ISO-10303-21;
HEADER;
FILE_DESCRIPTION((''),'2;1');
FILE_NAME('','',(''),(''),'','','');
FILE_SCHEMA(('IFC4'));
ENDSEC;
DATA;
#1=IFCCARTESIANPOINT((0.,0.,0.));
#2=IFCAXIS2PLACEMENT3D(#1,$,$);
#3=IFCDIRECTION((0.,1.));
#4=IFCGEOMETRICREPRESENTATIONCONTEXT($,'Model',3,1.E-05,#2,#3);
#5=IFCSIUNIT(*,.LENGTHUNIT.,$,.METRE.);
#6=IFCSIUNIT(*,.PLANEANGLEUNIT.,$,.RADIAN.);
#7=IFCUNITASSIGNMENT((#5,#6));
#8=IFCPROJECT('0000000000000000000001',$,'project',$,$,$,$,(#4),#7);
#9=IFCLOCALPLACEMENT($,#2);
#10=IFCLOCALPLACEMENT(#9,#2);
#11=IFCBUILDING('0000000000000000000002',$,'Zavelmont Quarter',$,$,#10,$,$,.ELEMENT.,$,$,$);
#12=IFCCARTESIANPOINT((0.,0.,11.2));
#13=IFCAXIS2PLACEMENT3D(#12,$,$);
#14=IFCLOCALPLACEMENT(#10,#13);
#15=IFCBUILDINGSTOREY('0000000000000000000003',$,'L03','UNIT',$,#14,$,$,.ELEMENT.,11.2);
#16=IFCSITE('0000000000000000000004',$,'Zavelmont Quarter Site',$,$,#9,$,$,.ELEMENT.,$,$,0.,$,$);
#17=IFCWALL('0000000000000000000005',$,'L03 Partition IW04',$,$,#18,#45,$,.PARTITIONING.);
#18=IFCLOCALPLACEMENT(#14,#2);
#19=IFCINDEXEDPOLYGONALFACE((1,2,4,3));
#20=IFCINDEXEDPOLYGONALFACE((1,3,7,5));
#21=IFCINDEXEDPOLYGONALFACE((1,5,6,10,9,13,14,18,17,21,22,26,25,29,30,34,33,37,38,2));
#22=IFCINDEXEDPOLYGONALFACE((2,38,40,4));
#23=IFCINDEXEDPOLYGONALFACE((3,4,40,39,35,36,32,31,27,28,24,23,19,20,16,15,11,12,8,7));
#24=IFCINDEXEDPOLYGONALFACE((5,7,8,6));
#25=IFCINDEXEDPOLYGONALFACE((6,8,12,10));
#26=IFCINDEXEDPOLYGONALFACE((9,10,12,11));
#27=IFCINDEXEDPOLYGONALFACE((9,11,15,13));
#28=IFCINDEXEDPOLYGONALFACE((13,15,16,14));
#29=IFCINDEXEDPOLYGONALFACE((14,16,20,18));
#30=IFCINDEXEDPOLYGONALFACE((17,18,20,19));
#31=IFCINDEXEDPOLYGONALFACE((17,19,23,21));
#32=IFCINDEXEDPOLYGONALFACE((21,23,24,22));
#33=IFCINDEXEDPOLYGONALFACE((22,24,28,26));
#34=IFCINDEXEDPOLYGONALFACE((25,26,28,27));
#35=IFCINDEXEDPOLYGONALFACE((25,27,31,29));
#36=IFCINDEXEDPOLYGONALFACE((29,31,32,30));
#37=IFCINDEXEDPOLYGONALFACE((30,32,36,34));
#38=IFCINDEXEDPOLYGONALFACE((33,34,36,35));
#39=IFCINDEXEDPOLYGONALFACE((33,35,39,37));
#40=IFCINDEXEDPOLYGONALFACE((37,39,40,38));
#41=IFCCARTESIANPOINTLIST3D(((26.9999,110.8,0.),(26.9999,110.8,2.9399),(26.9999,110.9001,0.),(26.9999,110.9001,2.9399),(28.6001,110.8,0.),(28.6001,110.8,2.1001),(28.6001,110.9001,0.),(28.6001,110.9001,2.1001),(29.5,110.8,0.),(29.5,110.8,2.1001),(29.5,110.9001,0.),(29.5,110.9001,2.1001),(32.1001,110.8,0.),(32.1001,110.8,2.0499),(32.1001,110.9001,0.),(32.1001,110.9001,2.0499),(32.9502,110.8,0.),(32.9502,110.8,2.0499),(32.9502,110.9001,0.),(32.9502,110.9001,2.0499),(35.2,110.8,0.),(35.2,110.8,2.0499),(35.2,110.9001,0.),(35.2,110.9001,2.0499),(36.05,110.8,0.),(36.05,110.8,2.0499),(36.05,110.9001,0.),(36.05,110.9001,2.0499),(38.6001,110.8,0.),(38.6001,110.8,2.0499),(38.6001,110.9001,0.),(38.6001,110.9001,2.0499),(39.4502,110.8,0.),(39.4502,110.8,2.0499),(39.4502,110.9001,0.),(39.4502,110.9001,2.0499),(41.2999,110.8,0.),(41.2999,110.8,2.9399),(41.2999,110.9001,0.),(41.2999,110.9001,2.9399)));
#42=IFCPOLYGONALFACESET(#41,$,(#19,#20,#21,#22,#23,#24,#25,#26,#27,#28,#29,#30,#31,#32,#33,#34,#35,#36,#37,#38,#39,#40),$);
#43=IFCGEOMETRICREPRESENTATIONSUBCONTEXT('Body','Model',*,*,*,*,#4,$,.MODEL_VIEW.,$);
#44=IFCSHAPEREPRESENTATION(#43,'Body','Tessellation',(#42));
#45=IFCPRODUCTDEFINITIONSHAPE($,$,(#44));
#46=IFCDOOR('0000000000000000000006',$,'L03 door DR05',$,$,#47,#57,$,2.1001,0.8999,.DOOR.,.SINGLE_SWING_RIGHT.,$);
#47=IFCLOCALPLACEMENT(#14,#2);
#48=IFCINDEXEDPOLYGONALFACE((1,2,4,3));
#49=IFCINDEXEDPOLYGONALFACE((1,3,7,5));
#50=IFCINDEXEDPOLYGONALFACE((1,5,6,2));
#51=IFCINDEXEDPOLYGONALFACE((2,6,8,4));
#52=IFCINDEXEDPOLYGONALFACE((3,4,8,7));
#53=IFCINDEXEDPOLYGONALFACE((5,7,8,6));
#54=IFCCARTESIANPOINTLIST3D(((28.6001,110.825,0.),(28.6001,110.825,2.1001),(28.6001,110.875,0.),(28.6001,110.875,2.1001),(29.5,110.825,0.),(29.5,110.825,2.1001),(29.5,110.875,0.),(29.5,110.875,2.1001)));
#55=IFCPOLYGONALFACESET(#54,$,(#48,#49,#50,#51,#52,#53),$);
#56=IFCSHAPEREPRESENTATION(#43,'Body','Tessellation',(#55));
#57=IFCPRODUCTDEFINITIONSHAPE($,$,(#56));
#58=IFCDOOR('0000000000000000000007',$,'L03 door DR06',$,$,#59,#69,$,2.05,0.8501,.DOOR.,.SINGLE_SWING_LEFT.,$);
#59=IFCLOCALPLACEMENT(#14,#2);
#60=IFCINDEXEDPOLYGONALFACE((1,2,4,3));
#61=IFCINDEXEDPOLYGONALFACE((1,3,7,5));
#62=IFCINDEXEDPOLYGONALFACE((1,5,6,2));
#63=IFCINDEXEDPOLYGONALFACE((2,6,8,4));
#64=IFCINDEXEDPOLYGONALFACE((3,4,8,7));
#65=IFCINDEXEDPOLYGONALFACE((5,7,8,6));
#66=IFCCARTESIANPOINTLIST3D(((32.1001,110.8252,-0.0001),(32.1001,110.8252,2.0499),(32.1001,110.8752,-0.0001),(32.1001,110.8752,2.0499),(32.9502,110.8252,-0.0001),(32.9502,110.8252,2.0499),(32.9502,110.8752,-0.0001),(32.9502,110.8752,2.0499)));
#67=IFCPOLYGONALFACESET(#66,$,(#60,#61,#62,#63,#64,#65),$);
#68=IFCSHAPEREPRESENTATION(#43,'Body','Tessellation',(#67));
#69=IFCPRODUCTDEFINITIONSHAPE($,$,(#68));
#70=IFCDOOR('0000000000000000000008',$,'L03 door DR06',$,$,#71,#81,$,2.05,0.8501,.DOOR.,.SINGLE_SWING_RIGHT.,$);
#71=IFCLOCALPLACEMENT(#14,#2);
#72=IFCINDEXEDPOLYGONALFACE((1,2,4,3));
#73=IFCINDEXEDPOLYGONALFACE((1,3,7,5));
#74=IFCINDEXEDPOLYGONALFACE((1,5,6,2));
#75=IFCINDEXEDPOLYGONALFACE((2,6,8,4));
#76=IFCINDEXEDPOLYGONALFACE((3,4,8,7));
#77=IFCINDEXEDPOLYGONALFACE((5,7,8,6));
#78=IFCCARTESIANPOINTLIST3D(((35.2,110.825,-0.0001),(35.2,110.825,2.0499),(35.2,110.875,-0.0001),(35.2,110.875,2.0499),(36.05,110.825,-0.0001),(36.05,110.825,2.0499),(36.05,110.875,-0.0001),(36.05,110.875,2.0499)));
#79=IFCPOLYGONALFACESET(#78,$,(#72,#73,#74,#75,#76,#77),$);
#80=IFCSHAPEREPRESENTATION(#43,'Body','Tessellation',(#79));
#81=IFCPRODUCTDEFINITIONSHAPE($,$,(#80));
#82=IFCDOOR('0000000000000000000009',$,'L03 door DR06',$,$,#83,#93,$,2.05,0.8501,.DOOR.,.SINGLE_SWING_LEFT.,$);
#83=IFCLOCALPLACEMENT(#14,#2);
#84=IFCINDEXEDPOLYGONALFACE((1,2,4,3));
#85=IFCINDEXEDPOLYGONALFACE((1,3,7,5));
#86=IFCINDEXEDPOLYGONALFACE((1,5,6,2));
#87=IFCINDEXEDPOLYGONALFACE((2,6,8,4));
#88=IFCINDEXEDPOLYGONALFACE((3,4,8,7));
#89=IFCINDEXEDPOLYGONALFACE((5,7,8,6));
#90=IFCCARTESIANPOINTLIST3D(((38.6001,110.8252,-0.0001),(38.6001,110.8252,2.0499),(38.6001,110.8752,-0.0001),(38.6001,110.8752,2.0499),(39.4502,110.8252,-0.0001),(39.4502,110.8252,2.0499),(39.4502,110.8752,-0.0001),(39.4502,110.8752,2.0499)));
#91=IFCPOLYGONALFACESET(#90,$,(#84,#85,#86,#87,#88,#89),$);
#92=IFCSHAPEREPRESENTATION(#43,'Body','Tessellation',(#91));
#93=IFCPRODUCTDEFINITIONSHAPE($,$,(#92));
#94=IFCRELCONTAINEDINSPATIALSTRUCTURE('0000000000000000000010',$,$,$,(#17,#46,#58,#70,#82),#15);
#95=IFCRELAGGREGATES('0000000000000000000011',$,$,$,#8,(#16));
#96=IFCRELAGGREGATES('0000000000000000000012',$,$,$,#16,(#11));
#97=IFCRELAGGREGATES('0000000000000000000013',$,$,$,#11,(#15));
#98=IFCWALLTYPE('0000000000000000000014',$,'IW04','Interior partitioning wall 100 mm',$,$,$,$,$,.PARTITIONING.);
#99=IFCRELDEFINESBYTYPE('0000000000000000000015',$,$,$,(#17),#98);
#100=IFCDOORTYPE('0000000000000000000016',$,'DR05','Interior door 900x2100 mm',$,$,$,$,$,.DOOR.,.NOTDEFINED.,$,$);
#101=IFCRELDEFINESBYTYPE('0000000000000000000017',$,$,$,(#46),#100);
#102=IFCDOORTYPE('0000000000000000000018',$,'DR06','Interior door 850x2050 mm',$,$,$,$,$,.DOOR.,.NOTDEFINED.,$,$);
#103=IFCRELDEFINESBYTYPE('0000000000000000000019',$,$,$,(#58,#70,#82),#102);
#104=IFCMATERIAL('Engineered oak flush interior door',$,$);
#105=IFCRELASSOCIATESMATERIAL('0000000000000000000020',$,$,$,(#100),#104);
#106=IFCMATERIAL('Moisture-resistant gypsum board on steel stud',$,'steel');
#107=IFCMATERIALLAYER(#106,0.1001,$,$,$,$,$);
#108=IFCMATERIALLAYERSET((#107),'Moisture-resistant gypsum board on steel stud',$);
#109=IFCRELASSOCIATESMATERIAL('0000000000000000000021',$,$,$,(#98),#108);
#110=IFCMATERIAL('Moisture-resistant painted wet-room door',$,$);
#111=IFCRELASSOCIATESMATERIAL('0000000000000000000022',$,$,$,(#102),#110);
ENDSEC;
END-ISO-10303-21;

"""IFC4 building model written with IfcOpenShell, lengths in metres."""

from ifc_helpers import new_model, si_unit, direction, frame, frame_2d, origin, origin_with_axes, place, context, subcontext, project, spatial, rectangle, extrude, material, layer, layer_set, type_object, element, fill, save


model = new_model("IFC4")

# Units and contexts
model_context = context("Model", 3, precision=1e-05, world=origin(), true_north=direction((0.0, 1.0)))
body_context = subcontext(model_context, "Body", "Model", "MODEL_VIEW")
ifc_project = project(units=[si_unit("LENGTHUNIT", "METRE"), si_unit("PLANEANGLEUNIT", "RADIAN")], contexts=[model_context])

# Site, building, storey
site_placement = place(None, origin())
site = spatial("IfcSite", under=ifc_project, at=site_placement, Name="Zavelmont Quarter Site", CompositionType="ELEMENT", RefElevation=0.0)
building_placement = place(site_placement, origin())
building = spatial("IfcBuilding", under=site, at=building_placement, Name="Zavelmont Quarter", CompositionType="ELEMENT")
storey_placement = place(building_placement, frame((0.0, 0.0, 11.2)))
storey = spatial("IfcBuildingStorey", under=building, at=storey_placement, Name="L03", Description="UNIT", CompositionType="ELEMENT", Elevation=11.2)

# Shared definitions
ifc_material_1 = material(Name="Engineered oak flush interior door")
door_type_1 = type_object("IfcDoorType", Name="DR05", Description="Interior door 900x2100 mm", OperationType="NOTDEFINED", PredefinedType="DOOR", material=ifc_material_1)

# Shared definitions
ifc_material_2 = material(Name="Moisture-resistant gypsum board on steel stud", Category="steel")
ifc_layer_1 = layer(ifc_material_2, 0.1001)
ifc_layer_set_1 = layer_set([ifc_layer_1], Name="Moisture-resistant gypsum board on steel stud")
wall_type_1 = type_object("IfcWallType", Name="IW04", Description="Interior partitioning wall 100 mm", PredefinedType="PARTITIONING", material=ifc_layer_set_1)

# Wall, openings, doors
wall_1_placement = place(storey_placement, frame((27.0, 110.8501, 0.0), z_axis=(0.0, 0.0, 1.0), x_axis=(1.0, 0.0, 0.0)))
wall_1 = element("IfcWall", 1, at=wall_1_placement, inside=storey, type_object=wall_type_1, Name="L03 Partition IW04", PredefinedType="PARTITIONING", context=body_context, shape_type="SweptSolid", body=[
    extrude(rectangle(XDim=14.3, YDim=0.1001, at=frame_2d((7.1499, 0.0))), origin(), (0.0, 0.0, 1.0), 2.9399),
])
opening_1_placement = place(wall_1_placement, frame((1.6001, 0.0, 0.0)))
opening_1 = element("IfcOpeningElement", 2, at=opening_1_placement, cuts=wall_1, PredefinedType="OPENING", context=body_context, shape_type="SweptSolid", body=[
    extrude(rectangle(XDim=0.8999, YDim=2.1001, at=frame_2d((0.45, 1.05))), frame((0.0, 0.062, 0.0), z_axis=(0.0, -1.0, 0.0), x_axis=(1.0, 0.0, 0.0)), (0.0, 0.0, 1.0), 0.124),
])
opening_2_placement = place(wall_1_placement, frame((5.1001, 0.0, 0.0)))
opening_2 = element("IfcOpeningElement", 3, at=opening_2_placement, cuts=wall_1, PredefinedType="OPENING", context=body_context, shape_type="SweptSolid", body=[
    extrude(rectangle(XDim=0.8501, YDim=2.05, at=frame_2d((0.425, 1.0249))), frame((0.0, 0.062, 0.0), z_axis=(0.0, -1.0, 0.0), x_axis=(1.0, 0.0, 0.0)), (0.0, 0.0, 1.0), 0.124),
])
opening_3_placement = place(wall_1_placement, frame((8.2, 0.0, 0.0)))
opening_3 = element("IfcOpeningElement", 4, at=opening_3_placement, cuts=wall_1, PredefinedType="OPENING", context=body_context, shape_type="SweptSolid", body=[
    extrude(rectangle(XDim=0.8501, YDim=2.05, at=frame_2d((0.425, 1.0249))), frame((0.0, 0.062, 0.0), z_axis=(0.0, -1.0, 0.0), x_axis=(1.0, 0.0, 0.0)), (0.0, 0.0, 1.0), 0.124),
])
opening_4_placement = place(wall_1_placement, frame((11.6001, 0.0, 0.0)))
opening_4 = element("IfcOpeningElement", 5, at=opening_4_placement, cuts=wall_1, PredefinedType="OPENING", context=body_context, shape_type="SweptSolid", body=[
    extrude(rectangle(XDim=0.8501, YDim=2.05, at=frame_2d((0.425, 1.0249))), frame((0.0, 0.062, 0.0), z_axis=(0.0, -1.0, 0.0), x_axis=(1.0, 0.0, 0.0)), (0.0, 0.0, 1.0), 0.124),
])
door_1_placement = place(opening_1_placement, origin_with_axes())
door_1 = element("IfcDoor", 6, at=door_1_placement, inside=storey, type_object=door_type_1, Name="L03 door DR05", OperationType="SINGLE_SWING_RIGHT", OverallHeight=2.1001, OverallWidth=0.8999, PredefinedType="DOOR", context=body_context, shape_type="SweptSolid", body=[
    extrude(rectangle(XDim=0.8999, YDim=2.1001, at=frame_2d((0.45, 1.05))), frame((0.0, 0.0249, 0.0), z_axis=(0.0, -1.0, 0.0), x_axis=(1.0, 0.0, 0.0)), (0.0, 0.0, 1.0), 0.05),
])
fill(opening_1, door_1)
ifc_material_3 = material(Name="Moisture-resistant painted wet-room door")
door_type_2 = type_object("IfcDoorType", Name="DR06", Description="Interior door 850x2050 mm", OperationType="NOTDEFINED", PredefinedType="DOOR", material=ifc_material_3)
door_2_placement = place(opening_2_placement, frame((0.8501, 0.0, 0.0), z_axis=(0.0, 0.0, 1.0), x_axis=(-1.0, 0.0, 0.0)))
door_2 = element("IfcDoor", 7, at=door_2_placement, inside=storey, type_object=door_type_2, Name="L03 door DR06", OperationType="SINGLE_SWING_LEFT", OverallHeight=2.05, OverallWidth=0.8501, PredefinedType="DOOR", context=body_context, shape_type="SweptSolid", body=[
    extrude(rectangle(XDim=0.8501, YDim=2.05, at=frame_2d((0.425, 1.0249))), frame((0.0, 0.0249, 0.0), z_axis=(0.0, -1.0, 0.0), x_axis=(1.0, 0.0, 0.0)), (0.0, 0.0, 1.0), 0.05),
])
fill(opening_2, door_2)
door_3_placement = place(opening_3_placement, origin_with_axes())
door_3 = element("IfcDoor", 8, at=door_3_placement, inside=storey, type_object=door_type_2, Name="L03 door DR06", OperationType="SINGLE_SWING_RIGHT", OverallHeight=2.05, OverallWidth=0.8501, PredefinedType="DOOR", context=body_context, shape_type="SweptSolid", body=[
    extrude(rectangle(XDim=0.8501, YDim=2.05, at=frame_2d((0.425, 1.0249))), frame((0.0, 0.0249, 0.0), z_axis=(0.0, -1.0, 0.0), x_axis=(1.0, 0.0, 0.0)), (0.0, 0.0, 1.0), 0.05),
])
fill(opening_3, door_3)
door_4_placement = place(opening_4_placement, frame((0.8501, 0.0, 0.0), z_axis=(0.0, 0.0, 1.0), x_axis=(-1.0, 0.0, 0.0)))
door_4 = element("IfcDoor", 9, at=door_4_placement, inside=storey, type_object=door_type_2, Name="L03 door DR06", OperationType="SINGLE_SWING_LEFT", OverallHeight=2.05, OverallWidth=0.8501, PredefinedType="DOOR", context=body_context, shape_type="SweptSolid", body=[
    extrude(rectangle(XDim=0.8501, YDim=2.05, at=frame_2d((0.425, 1.0249))), frame((0.0, 0.0249, 0.0), z_axis=(0.0, -1.0, 0.0), x_axis=(1.0, 0.0, 0.0)), (0.0, 0.0, 1.0), 0.05),
])
fill(opening_4, door_4)

save(model, "model.ifc")
